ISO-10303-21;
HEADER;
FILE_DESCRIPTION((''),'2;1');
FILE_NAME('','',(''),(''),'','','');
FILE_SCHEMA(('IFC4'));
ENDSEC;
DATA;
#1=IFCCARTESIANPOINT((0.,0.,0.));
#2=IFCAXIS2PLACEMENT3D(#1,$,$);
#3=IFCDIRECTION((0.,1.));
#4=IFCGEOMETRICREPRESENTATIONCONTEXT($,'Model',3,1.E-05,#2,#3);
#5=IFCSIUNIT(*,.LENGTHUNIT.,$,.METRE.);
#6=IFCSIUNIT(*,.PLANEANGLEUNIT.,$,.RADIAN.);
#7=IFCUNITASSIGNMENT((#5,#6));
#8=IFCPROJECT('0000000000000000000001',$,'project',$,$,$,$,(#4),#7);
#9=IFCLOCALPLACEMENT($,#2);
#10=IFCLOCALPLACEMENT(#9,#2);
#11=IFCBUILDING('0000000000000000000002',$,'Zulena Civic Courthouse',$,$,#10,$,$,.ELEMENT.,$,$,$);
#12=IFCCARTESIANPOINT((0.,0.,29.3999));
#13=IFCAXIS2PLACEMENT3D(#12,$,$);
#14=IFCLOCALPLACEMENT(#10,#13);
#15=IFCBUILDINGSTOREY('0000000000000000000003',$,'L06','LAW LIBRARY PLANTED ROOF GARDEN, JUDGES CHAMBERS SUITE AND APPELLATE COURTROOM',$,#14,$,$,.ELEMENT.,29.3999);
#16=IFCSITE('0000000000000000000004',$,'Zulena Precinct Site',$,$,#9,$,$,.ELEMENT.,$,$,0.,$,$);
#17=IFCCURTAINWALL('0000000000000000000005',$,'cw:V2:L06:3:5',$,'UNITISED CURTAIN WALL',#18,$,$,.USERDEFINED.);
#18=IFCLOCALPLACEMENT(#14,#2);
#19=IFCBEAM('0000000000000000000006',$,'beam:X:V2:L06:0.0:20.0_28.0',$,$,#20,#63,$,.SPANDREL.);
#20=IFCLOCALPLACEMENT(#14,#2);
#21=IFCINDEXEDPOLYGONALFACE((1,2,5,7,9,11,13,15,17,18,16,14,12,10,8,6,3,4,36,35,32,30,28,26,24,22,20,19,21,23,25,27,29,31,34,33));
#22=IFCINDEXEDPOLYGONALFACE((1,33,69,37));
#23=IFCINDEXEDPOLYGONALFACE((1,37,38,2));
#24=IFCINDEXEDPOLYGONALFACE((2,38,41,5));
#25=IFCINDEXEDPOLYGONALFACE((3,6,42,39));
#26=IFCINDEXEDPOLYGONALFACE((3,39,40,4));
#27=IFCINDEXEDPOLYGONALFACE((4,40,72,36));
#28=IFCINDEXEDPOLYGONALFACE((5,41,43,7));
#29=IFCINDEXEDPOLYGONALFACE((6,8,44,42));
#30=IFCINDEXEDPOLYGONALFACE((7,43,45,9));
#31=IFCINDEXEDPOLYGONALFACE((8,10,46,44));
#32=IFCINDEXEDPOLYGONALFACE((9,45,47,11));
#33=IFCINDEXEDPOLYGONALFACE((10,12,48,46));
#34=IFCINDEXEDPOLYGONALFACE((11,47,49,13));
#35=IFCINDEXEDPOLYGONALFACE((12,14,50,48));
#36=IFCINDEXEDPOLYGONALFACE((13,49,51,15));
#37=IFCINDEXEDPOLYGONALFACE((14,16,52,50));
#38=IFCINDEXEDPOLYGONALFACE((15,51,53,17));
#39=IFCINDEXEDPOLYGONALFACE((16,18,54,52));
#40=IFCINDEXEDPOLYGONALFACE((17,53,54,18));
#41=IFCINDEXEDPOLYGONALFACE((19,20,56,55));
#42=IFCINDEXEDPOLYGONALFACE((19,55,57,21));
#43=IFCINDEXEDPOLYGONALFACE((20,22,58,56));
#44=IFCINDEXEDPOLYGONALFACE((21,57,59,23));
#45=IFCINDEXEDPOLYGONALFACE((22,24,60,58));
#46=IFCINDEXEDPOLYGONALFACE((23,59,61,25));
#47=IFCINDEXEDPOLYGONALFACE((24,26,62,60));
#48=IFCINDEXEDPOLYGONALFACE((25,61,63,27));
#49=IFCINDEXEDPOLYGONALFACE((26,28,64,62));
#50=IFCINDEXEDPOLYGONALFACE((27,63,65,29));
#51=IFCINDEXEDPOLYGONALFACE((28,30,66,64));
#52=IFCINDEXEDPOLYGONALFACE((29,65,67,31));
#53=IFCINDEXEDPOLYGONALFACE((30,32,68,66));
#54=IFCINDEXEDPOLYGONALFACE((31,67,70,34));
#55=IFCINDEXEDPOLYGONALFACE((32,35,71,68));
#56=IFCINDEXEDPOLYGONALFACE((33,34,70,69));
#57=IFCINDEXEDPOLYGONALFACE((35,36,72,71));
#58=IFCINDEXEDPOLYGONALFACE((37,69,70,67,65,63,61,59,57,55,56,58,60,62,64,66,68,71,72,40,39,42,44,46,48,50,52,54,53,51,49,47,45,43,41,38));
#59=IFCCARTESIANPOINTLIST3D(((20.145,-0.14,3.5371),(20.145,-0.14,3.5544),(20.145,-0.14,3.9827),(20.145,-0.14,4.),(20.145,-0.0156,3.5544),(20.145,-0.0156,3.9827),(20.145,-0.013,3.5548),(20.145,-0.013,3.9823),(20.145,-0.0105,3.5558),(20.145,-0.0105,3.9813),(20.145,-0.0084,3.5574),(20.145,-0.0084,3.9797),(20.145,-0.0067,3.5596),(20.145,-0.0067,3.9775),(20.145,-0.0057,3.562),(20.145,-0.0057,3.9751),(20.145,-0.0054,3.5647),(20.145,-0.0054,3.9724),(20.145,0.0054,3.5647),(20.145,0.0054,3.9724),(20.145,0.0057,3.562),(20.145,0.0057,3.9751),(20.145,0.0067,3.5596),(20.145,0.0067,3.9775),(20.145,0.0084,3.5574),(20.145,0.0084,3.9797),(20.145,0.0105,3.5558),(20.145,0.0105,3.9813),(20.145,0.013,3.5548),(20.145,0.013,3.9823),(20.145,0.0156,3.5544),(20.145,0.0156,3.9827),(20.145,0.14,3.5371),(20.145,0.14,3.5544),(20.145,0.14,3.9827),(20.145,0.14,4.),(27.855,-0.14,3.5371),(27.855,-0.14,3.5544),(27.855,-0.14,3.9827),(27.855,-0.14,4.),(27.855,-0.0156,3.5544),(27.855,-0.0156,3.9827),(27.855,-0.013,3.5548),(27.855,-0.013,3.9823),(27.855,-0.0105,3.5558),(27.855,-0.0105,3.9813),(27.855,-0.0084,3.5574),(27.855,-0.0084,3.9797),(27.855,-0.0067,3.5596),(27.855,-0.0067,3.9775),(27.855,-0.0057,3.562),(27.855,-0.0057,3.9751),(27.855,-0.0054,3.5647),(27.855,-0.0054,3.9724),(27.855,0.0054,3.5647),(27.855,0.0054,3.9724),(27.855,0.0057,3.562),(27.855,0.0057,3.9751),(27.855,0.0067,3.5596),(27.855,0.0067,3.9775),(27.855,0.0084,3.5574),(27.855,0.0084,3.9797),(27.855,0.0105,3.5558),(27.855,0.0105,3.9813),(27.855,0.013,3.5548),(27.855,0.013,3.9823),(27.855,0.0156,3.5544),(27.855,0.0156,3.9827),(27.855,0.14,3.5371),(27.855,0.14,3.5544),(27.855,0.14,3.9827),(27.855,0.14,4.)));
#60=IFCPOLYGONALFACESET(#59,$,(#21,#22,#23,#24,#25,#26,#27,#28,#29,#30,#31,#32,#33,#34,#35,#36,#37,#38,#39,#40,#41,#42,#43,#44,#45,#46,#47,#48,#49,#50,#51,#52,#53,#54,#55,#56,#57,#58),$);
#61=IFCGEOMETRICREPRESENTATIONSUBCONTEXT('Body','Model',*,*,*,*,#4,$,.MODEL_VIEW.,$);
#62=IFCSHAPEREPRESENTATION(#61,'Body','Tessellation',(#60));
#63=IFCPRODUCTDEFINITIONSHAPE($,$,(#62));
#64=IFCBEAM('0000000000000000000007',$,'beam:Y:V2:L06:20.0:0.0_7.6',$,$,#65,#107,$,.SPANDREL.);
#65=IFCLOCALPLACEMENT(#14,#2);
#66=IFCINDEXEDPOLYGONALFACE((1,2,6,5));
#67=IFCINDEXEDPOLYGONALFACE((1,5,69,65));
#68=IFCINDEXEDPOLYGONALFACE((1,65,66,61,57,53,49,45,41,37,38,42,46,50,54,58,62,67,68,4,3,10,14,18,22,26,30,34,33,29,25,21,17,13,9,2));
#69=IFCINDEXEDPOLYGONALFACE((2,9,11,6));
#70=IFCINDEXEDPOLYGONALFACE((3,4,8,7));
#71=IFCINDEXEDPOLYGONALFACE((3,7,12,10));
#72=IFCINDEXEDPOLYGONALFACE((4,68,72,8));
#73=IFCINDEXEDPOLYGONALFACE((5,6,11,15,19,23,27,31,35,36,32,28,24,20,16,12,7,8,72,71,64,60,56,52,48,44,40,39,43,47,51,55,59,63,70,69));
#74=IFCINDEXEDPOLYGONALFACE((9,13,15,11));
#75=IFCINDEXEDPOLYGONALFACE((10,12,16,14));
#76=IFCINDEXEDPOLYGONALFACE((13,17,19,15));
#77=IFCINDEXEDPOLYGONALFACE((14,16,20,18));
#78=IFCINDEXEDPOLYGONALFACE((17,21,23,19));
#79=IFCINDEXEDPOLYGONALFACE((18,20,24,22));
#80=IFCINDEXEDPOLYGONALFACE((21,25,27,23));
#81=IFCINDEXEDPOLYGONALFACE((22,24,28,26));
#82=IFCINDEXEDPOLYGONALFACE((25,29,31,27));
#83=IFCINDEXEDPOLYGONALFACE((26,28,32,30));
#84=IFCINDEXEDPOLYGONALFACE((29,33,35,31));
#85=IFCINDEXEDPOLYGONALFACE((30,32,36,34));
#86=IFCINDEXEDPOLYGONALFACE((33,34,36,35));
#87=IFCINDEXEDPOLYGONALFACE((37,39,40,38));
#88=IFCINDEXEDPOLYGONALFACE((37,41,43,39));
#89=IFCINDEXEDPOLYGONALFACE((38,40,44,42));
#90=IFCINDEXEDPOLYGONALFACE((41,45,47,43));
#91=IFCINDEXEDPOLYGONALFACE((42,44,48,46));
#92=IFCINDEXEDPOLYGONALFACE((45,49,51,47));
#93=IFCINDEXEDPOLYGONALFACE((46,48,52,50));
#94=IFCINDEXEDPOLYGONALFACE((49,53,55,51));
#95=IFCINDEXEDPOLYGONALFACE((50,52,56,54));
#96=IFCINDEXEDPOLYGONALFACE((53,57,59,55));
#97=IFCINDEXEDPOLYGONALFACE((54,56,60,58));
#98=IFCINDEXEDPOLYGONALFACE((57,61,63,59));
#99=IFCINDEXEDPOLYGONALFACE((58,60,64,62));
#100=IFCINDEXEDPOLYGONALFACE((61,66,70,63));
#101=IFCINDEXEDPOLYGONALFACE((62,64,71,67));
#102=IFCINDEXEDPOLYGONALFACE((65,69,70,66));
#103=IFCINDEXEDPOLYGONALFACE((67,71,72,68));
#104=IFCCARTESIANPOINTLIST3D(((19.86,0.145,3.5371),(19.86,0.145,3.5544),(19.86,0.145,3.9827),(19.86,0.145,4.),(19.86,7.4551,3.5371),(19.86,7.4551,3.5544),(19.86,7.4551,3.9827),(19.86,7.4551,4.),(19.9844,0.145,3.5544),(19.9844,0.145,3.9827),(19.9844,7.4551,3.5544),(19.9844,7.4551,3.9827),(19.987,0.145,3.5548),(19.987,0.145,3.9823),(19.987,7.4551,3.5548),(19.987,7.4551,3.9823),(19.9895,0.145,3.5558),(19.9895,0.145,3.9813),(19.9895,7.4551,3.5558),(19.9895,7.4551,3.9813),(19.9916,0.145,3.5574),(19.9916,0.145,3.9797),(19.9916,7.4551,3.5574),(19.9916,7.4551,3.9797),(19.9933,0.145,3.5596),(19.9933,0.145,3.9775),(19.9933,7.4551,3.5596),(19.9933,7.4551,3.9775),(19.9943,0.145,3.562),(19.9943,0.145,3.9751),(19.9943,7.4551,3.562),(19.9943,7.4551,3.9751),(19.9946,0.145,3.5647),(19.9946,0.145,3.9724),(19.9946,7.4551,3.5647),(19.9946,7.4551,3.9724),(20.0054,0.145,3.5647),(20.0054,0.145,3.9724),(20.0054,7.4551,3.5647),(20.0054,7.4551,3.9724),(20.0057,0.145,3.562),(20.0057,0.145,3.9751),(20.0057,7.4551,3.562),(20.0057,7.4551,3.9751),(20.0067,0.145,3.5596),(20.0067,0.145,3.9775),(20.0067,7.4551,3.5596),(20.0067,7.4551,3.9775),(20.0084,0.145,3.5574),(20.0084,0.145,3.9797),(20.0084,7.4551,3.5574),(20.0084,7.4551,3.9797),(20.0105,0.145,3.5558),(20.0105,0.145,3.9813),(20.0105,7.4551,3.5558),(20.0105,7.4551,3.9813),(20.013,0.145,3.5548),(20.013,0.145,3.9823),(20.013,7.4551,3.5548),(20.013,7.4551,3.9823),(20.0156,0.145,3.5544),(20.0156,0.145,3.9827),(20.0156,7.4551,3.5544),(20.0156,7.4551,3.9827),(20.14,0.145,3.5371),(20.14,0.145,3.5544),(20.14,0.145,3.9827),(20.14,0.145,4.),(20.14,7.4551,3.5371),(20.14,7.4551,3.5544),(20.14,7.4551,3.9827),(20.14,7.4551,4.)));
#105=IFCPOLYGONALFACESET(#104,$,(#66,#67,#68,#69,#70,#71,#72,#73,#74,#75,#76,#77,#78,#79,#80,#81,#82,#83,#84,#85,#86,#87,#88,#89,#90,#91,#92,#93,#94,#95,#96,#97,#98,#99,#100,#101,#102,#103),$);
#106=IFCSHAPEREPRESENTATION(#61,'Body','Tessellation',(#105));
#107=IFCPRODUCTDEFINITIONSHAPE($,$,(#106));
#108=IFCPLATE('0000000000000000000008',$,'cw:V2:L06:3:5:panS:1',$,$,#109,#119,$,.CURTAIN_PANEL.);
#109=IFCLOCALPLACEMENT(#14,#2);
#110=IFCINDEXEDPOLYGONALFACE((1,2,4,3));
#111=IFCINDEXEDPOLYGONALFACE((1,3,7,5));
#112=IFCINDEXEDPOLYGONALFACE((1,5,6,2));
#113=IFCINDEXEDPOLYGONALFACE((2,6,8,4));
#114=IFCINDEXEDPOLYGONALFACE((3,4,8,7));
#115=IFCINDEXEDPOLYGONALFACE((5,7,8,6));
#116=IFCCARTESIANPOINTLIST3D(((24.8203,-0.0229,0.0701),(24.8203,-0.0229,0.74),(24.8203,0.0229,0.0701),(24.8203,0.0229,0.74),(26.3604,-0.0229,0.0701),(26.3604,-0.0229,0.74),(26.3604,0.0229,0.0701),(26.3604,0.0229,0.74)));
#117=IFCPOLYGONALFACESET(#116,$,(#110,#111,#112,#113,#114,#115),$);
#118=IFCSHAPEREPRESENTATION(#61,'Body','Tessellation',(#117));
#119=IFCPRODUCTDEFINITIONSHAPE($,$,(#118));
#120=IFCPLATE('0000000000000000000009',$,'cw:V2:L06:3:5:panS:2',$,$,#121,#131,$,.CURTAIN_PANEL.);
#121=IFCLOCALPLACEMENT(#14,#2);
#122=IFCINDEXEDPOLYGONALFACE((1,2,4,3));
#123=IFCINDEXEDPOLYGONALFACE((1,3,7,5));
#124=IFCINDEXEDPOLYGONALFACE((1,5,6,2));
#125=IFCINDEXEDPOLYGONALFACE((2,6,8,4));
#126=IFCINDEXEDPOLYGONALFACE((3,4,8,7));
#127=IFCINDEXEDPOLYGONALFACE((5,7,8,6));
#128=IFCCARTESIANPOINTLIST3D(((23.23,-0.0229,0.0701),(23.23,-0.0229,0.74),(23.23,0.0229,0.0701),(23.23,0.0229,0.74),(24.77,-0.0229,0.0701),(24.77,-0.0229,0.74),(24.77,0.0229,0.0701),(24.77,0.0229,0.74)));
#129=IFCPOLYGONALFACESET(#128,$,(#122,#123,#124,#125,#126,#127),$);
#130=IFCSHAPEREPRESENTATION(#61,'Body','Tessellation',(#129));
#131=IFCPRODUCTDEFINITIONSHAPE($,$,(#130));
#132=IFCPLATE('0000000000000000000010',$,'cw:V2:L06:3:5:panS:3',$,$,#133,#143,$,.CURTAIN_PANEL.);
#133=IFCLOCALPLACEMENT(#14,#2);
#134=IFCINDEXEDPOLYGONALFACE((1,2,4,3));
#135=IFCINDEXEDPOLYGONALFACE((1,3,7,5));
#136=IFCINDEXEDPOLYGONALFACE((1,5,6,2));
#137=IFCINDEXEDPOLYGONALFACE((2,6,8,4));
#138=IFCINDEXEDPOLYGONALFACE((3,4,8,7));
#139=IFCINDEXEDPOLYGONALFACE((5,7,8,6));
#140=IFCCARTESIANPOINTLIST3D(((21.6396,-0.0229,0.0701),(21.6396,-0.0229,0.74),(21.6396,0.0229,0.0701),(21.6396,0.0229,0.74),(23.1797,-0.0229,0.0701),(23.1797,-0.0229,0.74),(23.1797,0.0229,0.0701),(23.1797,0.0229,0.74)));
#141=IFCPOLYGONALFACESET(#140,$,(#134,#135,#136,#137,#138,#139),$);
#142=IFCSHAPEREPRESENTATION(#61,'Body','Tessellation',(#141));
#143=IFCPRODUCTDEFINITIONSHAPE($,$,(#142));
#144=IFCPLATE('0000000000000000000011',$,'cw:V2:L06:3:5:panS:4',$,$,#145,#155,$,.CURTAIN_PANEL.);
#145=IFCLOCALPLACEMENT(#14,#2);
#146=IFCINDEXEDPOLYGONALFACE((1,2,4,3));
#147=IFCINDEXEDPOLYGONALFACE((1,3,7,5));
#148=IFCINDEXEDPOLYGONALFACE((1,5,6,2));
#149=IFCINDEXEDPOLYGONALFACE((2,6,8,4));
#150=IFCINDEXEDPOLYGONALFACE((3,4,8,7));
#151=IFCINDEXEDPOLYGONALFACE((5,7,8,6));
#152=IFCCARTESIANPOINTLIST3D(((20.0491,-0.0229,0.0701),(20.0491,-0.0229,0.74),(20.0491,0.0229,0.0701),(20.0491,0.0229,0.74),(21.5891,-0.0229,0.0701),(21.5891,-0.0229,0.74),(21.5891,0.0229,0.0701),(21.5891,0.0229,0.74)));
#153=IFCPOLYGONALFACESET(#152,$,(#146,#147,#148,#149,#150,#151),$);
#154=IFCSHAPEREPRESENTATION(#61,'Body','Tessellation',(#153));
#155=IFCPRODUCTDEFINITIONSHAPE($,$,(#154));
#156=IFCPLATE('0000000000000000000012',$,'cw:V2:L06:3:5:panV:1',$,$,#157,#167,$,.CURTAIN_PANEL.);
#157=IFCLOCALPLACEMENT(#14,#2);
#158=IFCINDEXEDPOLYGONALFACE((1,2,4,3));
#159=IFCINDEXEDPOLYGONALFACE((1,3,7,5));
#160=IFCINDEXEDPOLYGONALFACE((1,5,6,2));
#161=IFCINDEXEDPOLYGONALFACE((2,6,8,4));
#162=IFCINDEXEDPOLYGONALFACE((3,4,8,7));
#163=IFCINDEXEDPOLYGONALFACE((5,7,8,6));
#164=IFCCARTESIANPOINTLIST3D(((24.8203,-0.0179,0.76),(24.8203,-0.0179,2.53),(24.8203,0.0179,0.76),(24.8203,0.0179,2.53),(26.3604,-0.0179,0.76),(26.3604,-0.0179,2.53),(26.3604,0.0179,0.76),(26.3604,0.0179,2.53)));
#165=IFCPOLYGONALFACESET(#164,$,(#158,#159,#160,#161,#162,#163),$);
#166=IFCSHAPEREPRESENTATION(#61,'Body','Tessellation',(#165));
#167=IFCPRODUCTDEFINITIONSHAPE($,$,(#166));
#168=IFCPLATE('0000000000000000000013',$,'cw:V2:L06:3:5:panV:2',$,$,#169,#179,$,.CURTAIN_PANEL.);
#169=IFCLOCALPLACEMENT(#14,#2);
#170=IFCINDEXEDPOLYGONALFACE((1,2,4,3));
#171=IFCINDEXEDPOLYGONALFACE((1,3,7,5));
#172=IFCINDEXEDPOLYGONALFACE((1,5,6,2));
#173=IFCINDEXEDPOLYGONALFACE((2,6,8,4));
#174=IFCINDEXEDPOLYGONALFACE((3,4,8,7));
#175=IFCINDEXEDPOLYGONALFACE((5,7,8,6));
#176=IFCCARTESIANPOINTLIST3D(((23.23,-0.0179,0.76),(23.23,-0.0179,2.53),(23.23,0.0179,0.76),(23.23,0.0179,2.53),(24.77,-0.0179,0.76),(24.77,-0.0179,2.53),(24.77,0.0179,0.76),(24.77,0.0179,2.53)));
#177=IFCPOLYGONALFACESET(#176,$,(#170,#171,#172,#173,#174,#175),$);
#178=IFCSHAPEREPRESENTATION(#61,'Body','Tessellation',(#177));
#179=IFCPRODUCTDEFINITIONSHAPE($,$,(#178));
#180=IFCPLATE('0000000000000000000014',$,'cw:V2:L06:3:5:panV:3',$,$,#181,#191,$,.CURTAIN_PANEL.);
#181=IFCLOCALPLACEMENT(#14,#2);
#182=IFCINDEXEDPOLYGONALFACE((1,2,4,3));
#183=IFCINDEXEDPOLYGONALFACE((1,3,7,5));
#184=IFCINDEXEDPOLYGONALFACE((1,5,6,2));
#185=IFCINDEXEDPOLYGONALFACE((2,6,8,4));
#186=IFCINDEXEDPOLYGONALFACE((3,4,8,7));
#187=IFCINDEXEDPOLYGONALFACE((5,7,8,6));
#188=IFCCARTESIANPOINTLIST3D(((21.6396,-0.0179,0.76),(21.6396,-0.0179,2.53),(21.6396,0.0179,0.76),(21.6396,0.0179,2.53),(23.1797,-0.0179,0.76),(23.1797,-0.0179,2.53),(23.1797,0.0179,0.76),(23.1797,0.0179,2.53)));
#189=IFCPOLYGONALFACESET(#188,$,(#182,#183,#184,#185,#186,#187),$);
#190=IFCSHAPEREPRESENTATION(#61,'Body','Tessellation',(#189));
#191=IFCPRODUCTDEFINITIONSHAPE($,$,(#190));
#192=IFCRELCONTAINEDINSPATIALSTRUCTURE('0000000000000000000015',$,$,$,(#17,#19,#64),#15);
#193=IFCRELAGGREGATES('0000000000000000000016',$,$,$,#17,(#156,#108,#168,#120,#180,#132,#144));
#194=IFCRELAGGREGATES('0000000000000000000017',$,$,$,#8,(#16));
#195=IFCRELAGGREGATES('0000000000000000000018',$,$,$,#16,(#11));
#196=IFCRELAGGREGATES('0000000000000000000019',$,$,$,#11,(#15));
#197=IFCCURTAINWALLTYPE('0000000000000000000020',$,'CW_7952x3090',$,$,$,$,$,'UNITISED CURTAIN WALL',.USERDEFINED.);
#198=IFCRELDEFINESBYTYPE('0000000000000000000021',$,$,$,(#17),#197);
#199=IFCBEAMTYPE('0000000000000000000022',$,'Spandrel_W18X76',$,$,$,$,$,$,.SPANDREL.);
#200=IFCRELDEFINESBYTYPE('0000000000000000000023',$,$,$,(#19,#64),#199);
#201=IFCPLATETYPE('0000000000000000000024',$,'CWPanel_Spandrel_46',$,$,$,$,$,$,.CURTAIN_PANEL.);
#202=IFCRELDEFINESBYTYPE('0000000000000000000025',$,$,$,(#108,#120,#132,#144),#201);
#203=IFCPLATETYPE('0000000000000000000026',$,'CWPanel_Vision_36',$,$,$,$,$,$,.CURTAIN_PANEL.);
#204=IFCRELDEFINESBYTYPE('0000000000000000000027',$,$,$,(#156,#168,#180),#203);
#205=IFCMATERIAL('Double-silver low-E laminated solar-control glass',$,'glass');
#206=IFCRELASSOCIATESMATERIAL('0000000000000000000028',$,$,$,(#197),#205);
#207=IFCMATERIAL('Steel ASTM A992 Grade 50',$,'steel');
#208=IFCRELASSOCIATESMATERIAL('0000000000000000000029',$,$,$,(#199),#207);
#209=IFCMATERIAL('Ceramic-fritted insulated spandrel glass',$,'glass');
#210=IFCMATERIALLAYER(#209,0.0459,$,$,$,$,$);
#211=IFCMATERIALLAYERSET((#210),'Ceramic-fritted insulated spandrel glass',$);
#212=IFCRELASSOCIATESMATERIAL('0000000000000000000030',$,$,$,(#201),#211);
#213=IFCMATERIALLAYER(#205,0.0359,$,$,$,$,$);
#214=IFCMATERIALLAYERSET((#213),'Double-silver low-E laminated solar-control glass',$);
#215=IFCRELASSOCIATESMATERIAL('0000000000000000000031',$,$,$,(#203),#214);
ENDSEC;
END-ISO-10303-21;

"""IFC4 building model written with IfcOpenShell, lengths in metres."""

from ifc_helpers import new_model, si_unit, direction, frame, origin, origin_2d, place, context, subcontext, project, spatial, rectangle, i_section, extrude, material, layer, layer_set, material_profile, profile_set, type_object, element, aggregate, save


model = new_model("IFC4")

# Units and contexts
model_context = context("Model", 3, precision=1e-05, world=origin(), true_north=direction((0.0, 1.0)))
body_context = subcontext(model_context, "Body", "Model", "MODEL_VIEW")
ifc_project = project(units=[si_unit("LENGTHUNIT", "METRE"), si_unit("PLANEANGLEUNIT", "RADIAN")], contexts=[model_context])

# Site, building, storey
site_placement = place(None, origin())
site = spatial("IfcSite", under=ifc_project, at=site_placement, Name="Zulena Precinct Site", CompositionType="ELEMENT", RefElevation=0.0)
building_placement = place(site_placement, origin())
building = spatial("IfcBuilding", under=site, at=building_placement, Name="Zulena Civic Courthouse", CompositionType="ELEMENT")
storey_placement = place(building_placement, frame((0.0, 0.0, 29.3999)))
storey = spatial("IfcBuildingStorey", under=building, at=storey_placement, Name="L06", Description="LAW LIBRARY PLANTED ROOF GARDEN, JUDGES CHAMBERS SUITE AND APPELLATE COURTROOM", CompositionType="ELEMENT", Elevation=29.3999)

# Shared definitions
ifc_material_1 = material(Name="Steel ASTM A992 Grade 50", Category="steel")

# Curtain wall
ifc_material_2 = material(Name="Double-silver low-E laminated solar-control glass", Category="glass")
curtain_wall_type = type_object("IfcCurtainWallType", Name="CW_7952x3090", ElementType="UNITISED CURTAIN WALL", PredefinedType="USERDEFINED", material=ifc_material_2)
curtain_wall_1_placement = place(storey_placement, origin())
curtain_wall_1 = element("IfcCurtainWall", 1, at=curtain_wall_1_placement, inside=storey, type_object=curtain_wall_type, Name="cw:V2:L06:3:5", ObjectType="UNITISED CURTAIN WALL", PredefinedType="USERDEFINED")

# Beams
ifc_material_profile_1 = material_profile(ifc_material_1, i_section(OverallWidth=0.28, OverallDepth=0.4629, WebThickness=0.0107, FlangeThickness=0.0173, FilletRadius=0.0103, at=origin_2d()), Name="W18X76")
ifc_profile_set_1 = profile_set([ifc_material_profile_1], Name="Steel ASTM A992 Grade 50")
beam_type_1 = type_object("IfcBeamType", Name="Spandrel_W18X76", PredefinedType="SPANDREL", material=ifc_profile_set_1)
beam_1_placement = place(storey_placement, frame((20.145, 0.0, 3.7686), z_axis=(1.0, 0.0, 0.0), x_axis=(0.0, 1.0, 0.0)))
element("IfcBeam", 2, at=beam_1_placement, inside=storey, type_object=beam_type_1, Name="beam:X:V2:L06:0.0:20.0_28.0", PredefinedType="SPANDREL", context=body_context, shape_type="SweptSolid", body=[
    extrude(i_section(OverallWidth=0.28, OverallDepth=0.4629, WebThickness=0.0107, FlangeThickness=0.0173, FilletRadius=0.0103, at=origin_2d()), origin(), (0.0, 0.0, 1.0), 7.71),
])
beam_2_placement = place(storey_placement, frame((20.0, 0.145, 3.7686), z_axis=(0.0, 1.0, 0.0), x_axis=(-1.0, 0.0, 0.0)))
element("IfcBeam", 3, at=beam_2_placement, inside=storey, type_object=beam_type_1, Name="beam:Y:V2:L06:20.0:0.0_7.6", PredefinedType="SPANDREL", context=body_context, shape_type="SweptSolid", body=[
    extrude(i_section(OverallWidth=0.28, OverallDepth=0.4629, WebThickness=0.0107, FlangeThickness=0.0173, FilletRadius=0.0103, at=origin_2d()), origin(), (0.0, 0.0, 1.0), 7.3101),
])

# Plates
ifc_material_3 = material(Name="Ceramic-fritted insulated spandrel glass", Category="glass")
ifc_layer_1 = layer(ifc_material_3, 0.0459)
ifc_layer_set_1 = layer_set([ifc_layer_1], Name="Ceramic-fritted insulated spandrel glass")
plate_type_1 = type_object("IfcPlateType", Name="CWPanel_Spandrel_46", PredefinedType="CURTAIN_PANEL", material=ifc_layer_set_1)
plate_1_placement = place(storey_placement, frame((25.5903, 0.0, 0.0701), z_axis=(0.0, 0.0, 1.0), x_axis=(-1.0, 0.0, 0.0)))
plate_1 = element("IfcPlate", 4, at=plate_1_placement, type_object=plate_type_1, Name="cw:V2:L06:3:5:panS:1", PredefinedType="CURTAIN_PANEL", context=body_context, shape_type="SweptSolid", body=[
    extrude(rectangle(XDim=1.54, YDim=0.0459, at=origin_2d()), origin(), (0.0, 0.0, 1.0), 0.6699),
])
plate_2_placement = place(storey_placement, frame((24.0, 0.0, 0.0701), z_axis=(0.0, 0.0, 1.0), x_axis=(-1.0, 0.0, 0.0)))
plate_2 = element("IfcPlate", 5, at=plate_2_placement, type_object=plate_type_1, Name="cw:V2:L06:3:5:panS:2", PredefinedType="CURTAIN_PANEL", context=body_context, shape_type="SweptSolid", body=[
    extrude(rectangle(XDim=1.54, YDim=0.0459, at=origin_2d()), origin(), (0.0, 0.0, 1.0), 0.6699),
])
plate_3_placement = place(storey_placement, frame((22.4097, 0.0, 0.0701), z_axis=(0.0, 0.0, 1.0), x_axis=(-1.0, 0.0, 0.0)))
plate_3 = element("IfcPlate", 6, at=plate_3_placement, type_object=plate_type_1, Name="cw:V2:L06:3:5:panS:3", PredefinedType="CURTAIN_PANEL", context=body_context, shape_type="SweptSolid", body=[
    extrude(rectangle(XDim=1.54, YDim=0.0459, at=origin_2d()), origin(), (0.0, 0.0, 1.0), 0.6699),
])
plate_4_placement = place(storey_placement, frame((20.8191, 0.0, 0.0701), z_axis=(0.0, 0.0, 1.0), x_axis=(-1.0, 0.0, 0.0)))
plate_4 = element("IfcPlate", 7, at=plate_4_placement, type_object=plate_type_1, Name="cw:V2:L06:3:5:panS:4", PredefinedType="CURTAIN_PANEL", context=body_context, shape_type="SweptSolid", body=[
    extrude(rectangle(XDim=1.54, YDim=0.0459, at=origin_2d()), origin(), (0.0, 0.0, 1.0), 0.6699),
])
ifc_layer_2 = layer(ifc_material_2, 0.0359)
ifc_layer_set_2 = layer_set([ifc_layer_2], Name="Double-silver low-E laminated solar-control glass")
plate_type_2 = type_object("IfcPlateType", Name="CWPanel_Vision_36", PredefinedType="CURTAIN_PANEL", material=ifc_layer_set_2)
plate_5_placement = place(storey_placement, frame((25.5903, 0.0, 0.76), z_axis=(0.0, 0.0, 1.0), x_axis=(-1.0, 0.0, 0.0)))
plate_5 = element("IfcPlate", 8, at=plate_5_placement, type_object=plate_type_2, Name="cw:V2:L06:3:5:panV:1", PredefinedType="CURTAIN_PANEL", context=body_context, shape_type="SweptSolid", body=[
    extrude(rectangle(XDim=1.54, YDim=0.0359, at=origin_2d()), origin(), (0.0, 0.0, 1.0), 1.77),
])
plate_6_placement = place(storey_placement, frame((24.0, 0.0, 0.76), z_axis=(0.0, 0.0, 1.0), x_axis=(-1.0, 0.0, 0.0)))
plate_6 = element("IfcPlate", 9, at=plate_6_placement, type_object=plate_type_2, Name="cw:V2:L06:3:5:panV:2", PredefinedType="CURTAIN_PANEL", context=body_context, shape_type="SweptSolid", body=[
    extrude(rectangle(XDim=1.54, YDim=0.0359, at=origin_2d()), origin(), (0.0, 0.0, 1.0), 1.77),
])
plate_7_placement = place(storey_placement, frame((22.4097, 0.0, 0.76), z_axis=(0.0, 0.0, 1.0), x_axis=(-1.0, 0.0, 0.0)))
plate_7 = element("IfcPlate", 10, at=plate_7_placement, type_object=plate_type_2, Name="cw:V2:L06:3:5:panV:3", PredefinedType="CURTAIN_PANEL", context=body_context, shape_type="SweptSolid", body=[
    extrude(rectangle(XDim=1.54, YDim=0.0359, at=origin_2d()), origin(), (0.0, 0.0, 1.0), 1.77),
])
aggregate(curtain_wall_1, [plate_5, plate_1, plate_6, plate_2, plate_7, plate_3, plate_4])

save(model, "model.ifc")
